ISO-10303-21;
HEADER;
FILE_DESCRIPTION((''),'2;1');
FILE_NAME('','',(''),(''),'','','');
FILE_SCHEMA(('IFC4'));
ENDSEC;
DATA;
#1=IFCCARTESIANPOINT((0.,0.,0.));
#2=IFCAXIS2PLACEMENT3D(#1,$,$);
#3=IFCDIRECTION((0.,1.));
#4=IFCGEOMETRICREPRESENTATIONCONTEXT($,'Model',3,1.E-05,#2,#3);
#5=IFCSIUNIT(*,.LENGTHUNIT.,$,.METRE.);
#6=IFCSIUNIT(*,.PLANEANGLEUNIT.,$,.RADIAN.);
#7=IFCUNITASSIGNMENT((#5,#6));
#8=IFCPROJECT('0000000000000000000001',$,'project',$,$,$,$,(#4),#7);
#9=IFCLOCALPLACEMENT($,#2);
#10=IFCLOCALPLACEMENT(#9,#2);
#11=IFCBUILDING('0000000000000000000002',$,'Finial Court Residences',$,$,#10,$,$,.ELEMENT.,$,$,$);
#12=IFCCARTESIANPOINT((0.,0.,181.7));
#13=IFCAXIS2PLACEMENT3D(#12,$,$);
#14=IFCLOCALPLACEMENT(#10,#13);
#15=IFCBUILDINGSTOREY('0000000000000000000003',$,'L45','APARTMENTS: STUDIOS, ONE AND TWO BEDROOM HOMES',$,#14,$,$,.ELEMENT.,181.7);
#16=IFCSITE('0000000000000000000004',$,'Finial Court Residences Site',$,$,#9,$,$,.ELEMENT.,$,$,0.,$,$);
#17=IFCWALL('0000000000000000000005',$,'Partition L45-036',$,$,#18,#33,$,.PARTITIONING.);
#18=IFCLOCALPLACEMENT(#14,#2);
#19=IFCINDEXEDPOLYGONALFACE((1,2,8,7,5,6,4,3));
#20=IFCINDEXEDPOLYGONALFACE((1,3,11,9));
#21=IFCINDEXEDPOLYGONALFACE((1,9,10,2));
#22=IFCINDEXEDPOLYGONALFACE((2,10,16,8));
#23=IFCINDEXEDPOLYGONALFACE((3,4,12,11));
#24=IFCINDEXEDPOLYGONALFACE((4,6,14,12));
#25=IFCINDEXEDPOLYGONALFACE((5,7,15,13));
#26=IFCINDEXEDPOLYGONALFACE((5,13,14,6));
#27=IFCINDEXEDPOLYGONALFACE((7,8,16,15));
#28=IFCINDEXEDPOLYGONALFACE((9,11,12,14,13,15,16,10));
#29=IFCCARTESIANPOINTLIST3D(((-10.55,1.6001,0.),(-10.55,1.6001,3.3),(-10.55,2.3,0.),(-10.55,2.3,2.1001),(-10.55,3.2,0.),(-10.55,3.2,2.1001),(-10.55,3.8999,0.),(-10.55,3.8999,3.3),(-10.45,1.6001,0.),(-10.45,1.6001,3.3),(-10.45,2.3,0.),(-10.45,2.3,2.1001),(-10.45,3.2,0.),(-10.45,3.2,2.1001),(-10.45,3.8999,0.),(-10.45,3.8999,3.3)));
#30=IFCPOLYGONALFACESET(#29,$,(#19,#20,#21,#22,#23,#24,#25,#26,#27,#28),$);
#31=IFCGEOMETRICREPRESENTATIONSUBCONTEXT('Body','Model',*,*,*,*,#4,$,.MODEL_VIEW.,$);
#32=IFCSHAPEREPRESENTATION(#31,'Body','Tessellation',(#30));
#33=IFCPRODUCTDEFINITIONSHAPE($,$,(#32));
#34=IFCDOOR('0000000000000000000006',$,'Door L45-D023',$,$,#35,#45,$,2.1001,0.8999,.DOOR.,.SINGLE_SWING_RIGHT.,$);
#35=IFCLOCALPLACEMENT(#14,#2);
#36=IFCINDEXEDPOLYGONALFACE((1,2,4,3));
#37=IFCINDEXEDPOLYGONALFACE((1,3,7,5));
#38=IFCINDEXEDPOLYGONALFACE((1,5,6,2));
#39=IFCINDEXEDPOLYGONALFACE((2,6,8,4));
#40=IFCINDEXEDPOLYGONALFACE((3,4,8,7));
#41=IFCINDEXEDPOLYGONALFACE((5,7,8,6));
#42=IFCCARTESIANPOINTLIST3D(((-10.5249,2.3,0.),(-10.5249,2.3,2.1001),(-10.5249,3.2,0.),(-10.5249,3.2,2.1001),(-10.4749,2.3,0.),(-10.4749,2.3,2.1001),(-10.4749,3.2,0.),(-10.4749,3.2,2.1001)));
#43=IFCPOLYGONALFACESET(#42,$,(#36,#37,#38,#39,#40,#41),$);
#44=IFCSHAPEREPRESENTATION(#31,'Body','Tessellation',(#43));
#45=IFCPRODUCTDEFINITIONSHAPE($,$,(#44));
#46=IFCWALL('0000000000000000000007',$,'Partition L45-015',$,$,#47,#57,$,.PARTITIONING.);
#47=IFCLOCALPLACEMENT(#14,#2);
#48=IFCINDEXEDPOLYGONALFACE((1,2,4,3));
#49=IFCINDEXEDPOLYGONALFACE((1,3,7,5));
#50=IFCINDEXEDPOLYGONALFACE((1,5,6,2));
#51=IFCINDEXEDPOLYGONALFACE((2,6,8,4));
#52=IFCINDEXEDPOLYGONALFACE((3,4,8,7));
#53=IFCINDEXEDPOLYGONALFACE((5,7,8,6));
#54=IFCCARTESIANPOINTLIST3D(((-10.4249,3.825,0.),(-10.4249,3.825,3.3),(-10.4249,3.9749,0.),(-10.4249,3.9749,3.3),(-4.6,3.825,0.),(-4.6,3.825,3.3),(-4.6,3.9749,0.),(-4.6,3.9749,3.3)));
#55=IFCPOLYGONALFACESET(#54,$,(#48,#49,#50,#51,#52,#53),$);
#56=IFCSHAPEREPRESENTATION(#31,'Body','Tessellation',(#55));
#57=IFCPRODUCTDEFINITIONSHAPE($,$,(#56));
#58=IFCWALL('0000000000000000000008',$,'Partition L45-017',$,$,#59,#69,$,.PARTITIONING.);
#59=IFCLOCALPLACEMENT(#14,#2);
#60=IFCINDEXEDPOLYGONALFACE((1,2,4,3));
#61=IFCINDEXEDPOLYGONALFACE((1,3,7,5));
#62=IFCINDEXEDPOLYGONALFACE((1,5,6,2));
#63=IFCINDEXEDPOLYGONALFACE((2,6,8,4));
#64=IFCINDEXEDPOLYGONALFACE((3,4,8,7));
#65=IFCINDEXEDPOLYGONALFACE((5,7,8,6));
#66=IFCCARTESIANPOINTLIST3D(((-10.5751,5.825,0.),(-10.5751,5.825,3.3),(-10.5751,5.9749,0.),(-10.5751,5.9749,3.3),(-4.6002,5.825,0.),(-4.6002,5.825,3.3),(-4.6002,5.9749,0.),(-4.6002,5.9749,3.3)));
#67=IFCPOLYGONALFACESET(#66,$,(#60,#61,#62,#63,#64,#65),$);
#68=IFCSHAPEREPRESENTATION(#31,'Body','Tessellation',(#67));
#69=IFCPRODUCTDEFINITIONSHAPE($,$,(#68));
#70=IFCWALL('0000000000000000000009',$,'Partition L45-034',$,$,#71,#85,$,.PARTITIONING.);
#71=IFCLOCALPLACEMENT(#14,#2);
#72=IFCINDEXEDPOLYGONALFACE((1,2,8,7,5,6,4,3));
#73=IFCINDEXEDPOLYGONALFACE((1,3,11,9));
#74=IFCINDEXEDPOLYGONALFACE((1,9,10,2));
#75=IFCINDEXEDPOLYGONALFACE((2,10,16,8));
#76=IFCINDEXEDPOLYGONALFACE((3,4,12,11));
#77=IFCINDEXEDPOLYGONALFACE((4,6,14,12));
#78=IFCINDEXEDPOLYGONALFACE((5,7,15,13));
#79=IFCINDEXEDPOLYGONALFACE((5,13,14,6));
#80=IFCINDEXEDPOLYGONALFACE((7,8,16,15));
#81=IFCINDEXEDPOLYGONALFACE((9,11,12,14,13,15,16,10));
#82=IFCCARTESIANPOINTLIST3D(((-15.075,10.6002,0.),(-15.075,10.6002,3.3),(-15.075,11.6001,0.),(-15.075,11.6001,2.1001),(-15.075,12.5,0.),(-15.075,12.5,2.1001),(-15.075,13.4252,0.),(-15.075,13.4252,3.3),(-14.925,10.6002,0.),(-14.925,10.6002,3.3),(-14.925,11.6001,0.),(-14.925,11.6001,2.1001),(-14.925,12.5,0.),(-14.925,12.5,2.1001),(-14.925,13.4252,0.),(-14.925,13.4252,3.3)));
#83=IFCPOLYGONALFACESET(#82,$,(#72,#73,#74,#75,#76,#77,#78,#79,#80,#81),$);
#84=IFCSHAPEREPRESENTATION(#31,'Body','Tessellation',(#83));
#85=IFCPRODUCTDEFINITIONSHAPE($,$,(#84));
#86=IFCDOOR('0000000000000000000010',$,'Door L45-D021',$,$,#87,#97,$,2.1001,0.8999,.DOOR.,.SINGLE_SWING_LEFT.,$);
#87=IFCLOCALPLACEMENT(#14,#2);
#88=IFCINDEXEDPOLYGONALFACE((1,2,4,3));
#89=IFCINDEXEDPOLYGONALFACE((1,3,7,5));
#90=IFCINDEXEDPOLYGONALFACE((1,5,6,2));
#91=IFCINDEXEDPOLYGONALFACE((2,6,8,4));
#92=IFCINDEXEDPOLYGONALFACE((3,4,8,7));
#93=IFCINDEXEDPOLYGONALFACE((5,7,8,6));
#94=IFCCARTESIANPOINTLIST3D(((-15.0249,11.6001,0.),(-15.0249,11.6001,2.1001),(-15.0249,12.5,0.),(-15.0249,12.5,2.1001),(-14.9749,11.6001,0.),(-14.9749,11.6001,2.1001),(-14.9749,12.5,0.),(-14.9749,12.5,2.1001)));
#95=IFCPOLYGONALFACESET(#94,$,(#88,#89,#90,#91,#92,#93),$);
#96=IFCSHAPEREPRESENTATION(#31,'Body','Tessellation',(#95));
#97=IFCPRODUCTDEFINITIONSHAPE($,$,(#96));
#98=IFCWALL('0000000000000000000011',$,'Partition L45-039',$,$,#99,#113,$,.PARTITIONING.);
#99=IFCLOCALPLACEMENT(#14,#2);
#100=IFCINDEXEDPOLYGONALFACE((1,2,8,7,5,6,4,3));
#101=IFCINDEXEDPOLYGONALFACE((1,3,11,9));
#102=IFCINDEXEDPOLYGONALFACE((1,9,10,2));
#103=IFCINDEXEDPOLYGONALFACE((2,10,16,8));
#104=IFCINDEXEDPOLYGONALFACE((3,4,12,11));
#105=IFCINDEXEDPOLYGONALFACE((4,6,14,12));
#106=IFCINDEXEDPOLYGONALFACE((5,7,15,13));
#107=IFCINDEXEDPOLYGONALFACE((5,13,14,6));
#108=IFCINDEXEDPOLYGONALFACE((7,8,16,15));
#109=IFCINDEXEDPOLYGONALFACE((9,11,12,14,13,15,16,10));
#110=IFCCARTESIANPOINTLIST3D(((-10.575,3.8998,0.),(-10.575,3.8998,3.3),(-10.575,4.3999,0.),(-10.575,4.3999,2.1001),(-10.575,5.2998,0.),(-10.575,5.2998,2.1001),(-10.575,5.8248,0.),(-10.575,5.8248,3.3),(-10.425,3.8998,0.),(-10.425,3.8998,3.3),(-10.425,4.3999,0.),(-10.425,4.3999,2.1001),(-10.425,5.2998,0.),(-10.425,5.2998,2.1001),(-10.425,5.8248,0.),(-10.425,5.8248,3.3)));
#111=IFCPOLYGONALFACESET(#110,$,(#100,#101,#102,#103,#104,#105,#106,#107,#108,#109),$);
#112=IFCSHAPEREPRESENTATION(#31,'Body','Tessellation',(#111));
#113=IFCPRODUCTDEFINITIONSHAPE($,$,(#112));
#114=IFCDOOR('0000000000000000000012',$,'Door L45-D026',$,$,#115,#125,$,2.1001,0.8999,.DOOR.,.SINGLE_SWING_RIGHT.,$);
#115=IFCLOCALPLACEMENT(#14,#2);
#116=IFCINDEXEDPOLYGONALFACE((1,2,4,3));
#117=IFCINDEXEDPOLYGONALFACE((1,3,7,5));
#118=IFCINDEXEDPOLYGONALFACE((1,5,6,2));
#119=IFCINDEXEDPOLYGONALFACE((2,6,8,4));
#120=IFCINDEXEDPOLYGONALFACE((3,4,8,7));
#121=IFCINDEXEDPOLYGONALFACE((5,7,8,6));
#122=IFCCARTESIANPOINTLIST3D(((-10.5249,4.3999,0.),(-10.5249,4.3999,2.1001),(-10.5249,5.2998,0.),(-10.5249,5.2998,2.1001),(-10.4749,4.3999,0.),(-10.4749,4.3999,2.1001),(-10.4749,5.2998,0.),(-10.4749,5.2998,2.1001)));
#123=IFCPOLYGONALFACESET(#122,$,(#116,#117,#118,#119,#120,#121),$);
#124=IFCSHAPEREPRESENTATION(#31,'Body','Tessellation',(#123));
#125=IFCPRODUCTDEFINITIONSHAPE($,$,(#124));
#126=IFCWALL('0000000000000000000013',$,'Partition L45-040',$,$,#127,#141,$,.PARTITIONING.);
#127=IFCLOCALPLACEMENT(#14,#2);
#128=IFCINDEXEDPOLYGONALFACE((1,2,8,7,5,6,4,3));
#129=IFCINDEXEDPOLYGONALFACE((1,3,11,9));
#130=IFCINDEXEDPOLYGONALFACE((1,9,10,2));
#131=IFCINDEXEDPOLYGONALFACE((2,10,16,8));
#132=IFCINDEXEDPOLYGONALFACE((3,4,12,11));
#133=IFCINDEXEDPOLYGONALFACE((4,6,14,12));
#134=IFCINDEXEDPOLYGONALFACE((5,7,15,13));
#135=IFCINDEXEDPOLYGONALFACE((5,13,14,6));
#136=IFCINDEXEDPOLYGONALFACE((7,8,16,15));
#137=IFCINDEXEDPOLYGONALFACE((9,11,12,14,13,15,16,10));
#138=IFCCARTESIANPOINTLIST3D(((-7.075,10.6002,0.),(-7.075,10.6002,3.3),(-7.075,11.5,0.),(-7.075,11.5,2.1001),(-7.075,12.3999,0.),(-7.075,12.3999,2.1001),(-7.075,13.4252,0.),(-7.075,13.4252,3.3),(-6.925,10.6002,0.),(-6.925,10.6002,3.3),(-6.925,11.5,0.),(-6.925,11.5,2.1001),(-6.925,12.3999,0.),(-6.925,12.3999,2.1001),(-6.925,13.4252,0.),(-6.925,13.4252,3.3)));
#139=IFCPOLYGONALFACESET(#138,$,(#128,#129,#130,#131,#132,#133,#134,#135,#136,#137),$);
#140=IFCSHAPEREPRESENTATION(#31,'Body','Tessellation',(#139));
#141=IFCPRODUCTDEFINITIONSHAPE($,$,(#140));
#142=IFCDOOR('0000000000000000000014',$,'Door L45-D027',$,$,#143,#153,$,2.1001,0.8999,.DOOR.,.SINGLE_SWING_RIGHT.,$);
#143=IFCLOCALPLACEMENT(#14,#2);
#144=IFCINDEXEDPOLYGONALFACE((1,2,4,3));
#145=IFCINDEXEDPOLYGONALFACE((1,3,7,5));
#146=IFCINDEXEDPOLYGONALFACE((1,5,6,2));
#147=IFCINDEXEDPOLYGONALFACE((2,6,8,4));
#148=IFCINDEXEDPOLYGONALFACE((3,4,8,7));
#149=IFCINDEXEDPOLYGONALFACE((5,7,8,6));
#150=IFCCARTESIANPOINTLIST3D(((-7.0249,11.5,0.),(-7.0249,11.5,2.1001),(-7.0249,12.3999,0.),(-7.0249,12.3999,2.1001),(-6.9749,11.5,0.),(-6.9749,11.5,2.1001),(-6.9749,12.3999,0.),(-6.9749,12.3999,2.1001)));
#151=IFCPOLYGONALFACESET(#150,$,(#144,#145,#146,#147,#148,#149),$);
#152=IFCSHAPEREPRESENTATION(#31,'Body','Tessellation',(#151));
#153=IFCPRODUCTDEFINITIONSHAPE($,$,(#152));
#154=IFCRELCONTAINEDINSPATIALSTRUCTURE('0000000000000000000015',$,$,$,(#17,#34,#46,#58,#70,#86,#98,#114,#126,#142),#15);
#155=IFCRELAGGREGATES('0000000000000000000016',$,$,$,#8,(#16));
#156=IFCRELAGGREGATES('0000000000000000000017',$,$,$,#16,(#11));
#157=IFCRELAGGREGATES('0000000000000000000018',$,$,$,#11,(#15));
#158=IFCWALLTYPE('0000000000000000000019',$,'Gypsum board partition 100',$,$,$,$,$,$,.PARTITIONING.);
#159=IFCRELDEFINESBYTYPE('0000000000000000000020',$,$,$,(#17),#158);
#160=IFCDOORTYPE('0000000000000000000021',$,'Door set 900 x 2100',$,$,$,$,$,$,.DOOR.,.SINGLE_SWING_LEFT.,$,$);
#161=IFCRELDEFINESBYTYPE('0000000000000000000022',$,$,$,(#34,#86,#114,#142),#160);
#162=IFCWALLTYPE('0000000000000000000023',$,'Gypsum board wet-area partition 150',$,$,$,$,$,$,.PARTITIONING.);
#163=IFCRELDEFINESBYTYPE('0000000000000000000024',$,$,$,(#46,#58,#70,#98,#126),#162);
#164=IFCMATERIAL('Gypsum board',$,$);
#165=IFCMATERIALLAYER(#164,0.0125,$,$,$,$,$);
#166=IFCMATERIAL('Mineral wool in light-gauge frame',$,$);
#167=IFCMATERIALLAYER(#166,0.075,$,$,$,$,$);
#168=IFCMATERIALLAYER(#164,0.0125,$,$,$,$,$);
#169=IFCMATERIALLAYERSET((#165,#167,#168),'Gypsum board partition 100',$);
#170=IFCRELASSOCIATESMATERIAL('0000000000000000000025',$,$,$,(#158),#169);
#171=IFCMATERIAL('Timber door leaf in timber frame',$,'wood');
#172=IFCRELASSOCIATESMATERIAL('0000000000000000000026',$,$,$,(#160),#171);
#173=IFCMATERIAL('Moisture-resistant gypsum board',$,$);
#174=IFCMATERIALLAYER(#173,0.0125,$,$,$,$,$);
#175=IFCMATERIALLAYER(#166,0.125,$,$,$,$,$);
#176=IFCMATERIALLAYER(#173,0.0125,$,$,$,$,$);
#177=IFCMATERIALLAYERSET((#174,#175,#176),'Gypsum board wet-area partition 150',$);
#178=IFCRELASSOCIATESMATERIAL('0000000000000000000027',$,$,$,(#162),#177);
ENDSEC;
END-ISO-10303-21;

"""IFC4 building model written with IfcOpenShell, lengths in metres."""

from ifc_helpers import new_model, si_unit, direction, frame, frame_2d, origin, place, context, subcontext, project, spatial, rectangle, extrude, material, layer, layer_set, type_object, element, fill, save


model = new_model("IFC4")

# Units and contexts
model_context = context("Model", 3, precision=1e-05, world=origin(), true_north=direction((0.0, 1.0)))
body_context = subcontext(model_context, "Body", "Model", "MODEL_VIEW")
ifc_project = project(units=[si_unit("LENGTHUNIT", "METRE"), si_unit("PLANEANGLEUNIT", "RADIAN")], contexts=[model_context])

# Site, building, storey
site_placement = place(None, origin())
site = spatial("IfcSite", under=ifc_project, at=site_placement, Name="Finial Court Residences Site", CompositionType="ELEMENT", RefElevation=0.0)
building_placement = place(site_placement, origin())
building = spatial("IfcBuilding", under=site, at=building_placement, Name="Finial Court Residences", CompositionType="ELEMENT")
storey_placement = place(building_placement, frame((0.0, 0.0, 181.7)))
storey = spatial("IfcBuildingStorey", under=building, at=storey_placement, Name="L45", Description="APARTMENTS: STUDIOS, ONE AND TWO BEDROOM HOMES", CompositionType="ELEMENT", Elevation=181.7)

# Shared definitions
ifc_material_1 = material(Name="Gypsum board")

# Wall, opening, door
ifc_layer_1 = layer(ifc_material_1, 0.0125)
ifc_material_2 = material(Name="Mineral wool in light-gauge frame")
ifc_layer_2 = layer(ifc_material_2, 0.075)
ifc_layer_3 = layer(ifc_material_1, 0.0125)
ifc_layer_set_1 = layer_set([ifc_layer_1, ifc_layer_2, ifc_layer_3], Name="Gypsum board partition 100")
wall_type_1 = type_object("IfcWallType", Name="Gypsum board partition 100", PredefinedType="PARTITIONING", material=ifc_layer_set_1)
wall_1_placement = place(storey_placement, frame((-10.5, 1.6001, 0.0), z_axis=(0.0, 0.0, 1.0), x_axis=(0.0, 1.0, 0.0)))
wall_1 = element("IfcWall", 1, at=wall_1_placement, inside=storey, type_object=wall_type_1, Name="Partition L45-036", PredefinedType="PARTITIONING", context=body_context, shape_type="SweptSolid", body=[
    extrude(rectangle(XDim=2.2998, YDim=0.1001, at=frame_2d((1.1499, 0.0))), origin(), (0.0, 0.0, 1.0), 3.3),
])
opening_1_placement = place(wall_1_placement, frame((0.7, 0.0, 0.0)))
opening_1 = element("IfcOpeningElement", 2, at=opening_1_placement, cuts=wall_1, PredefinedType="OPENING", context=body_context, shape_type="SweptSolid", body=[
    extrude(rectangle(XDim=0.8999, YDim=2.1001, at=frame_2d((0.45, 1.05))), frame((0.0, 0.0601, 0.0), z_axis=(0.0, -1.0, 0.0), x_axis=(1.0, 0.0, 0.0)), (0.0, 0.0, 1.0), 0.1201),
])
ifc_material_3 = material(Name="Timber door leaf in timber frame", Category="wood")
door_type_1 = type_object("IfcDoorType", Name="Door set 900 x 2100", OperationType="SINGLE_SWING_LEFT", PredefinedType="DOOR", material=ifc_material_3)
door_1_placement = place(opening_1_placement, origin())
door_1 = element("IfcDoor", 3, at=door_1_placement, inside=storey, type_object=door_type_1, Name="Door L45-D023", OperationType="SINGLE_SWING_RIGHT", OverallHeight=2.1001, OverallWidth=0.8999, PredefinedType="DOOR", context=body_context, shape_type="SweptSolid", body=[
    extrude(rectangle(XDim=0.8999, YDim=2.1001, at=frame_2d((0.45, 1.05))), frame((0.0, 0.0249, 0.0), z_axis=(0.0, -1.0, 0.0), x_axis=(1.0, 0.0, 0.0)), (0.0, 0.0, 1.0), 0.05),
])
fill(opening_1, door_1)

# Walls
ifc_material_4 = material(Name="Moisture-resistant gypsum board")
ifc_layer_4 = layer(ifc_material_4, 0.0125)
ifc_layer_5 = layer(ifc_material_2, 0.125)
ifc_layer_6 = layer(ifc_material_4, 0.0125)
ifc_layer_set_2 = layer_set([ifc_layer_4, ifc_layer_5, ifc_layer_6], Name="Gypsum board wet-area partition 150")
wall_type_2 = type_object("IfcWallType", Name="Gypsum board wet-area partition 150", PredefinedType="PARTITIONING", material=ifc_layer_set_2)
wall_2_placement = place(storey_placement, frame((-10.425, 3.8999, 0.0), z_axis=(0.0, 0.0, 1.0), x_axis=(1.0, 0.0, 0.0)))
element("IfcWall", 4, at=wall_2_placement, inside=storey, type_object=wall_type_2, Name="Partition L45-015", PredefinedType="PARTITIONING", context=body_context, shape_type="SweptSolid", body=[
    extrude(rectangle(XDim=5.825, YDim=0.1499, at=frame_2d((2.9126, 0.0))), origin(), (0.0, 0.0, 1.0), 3.3),
])
wall_3_placement = place(storey_placement, frame((-10.575, 5.8999, 0.0), z_axis=(0.0, 0.0, 1.0), x_axis=(1.0, 0.0, 0.0)))
element("IfcWall", 5, at=wall_3_placement, inside=storey, type_object=wall_type_2, Name="Partition L45-017", PredefinedType="PARTITIONING", context=body_context, shape_type="SweptSolid", body=[
    extrude(rectangle(XDim=5.9749, YDim=0.1499, at=frame_2d((2.9873, 0.0))), origin(), (0.0, 0.0, 1.0), 3.3),
])

# Walls, openings, doors
wall_4_placement = place(storey_placement, frame((-15.0, 10.6001, 0.0), z_axis=(0.0, 0.0, 1.0), x_axis=(0.0, 1.0, 0.0)))
wall_4 = element("IfcWall", 6, at=wall_4_placement, inside=storey, type_object=wall_type_2, Name="Partition L45-034", PredefinedType="PARTITIONING", context=body_context, shape_type="SweptSolid", body=[
    extrude(rectangle(XDim=2.825, YDim=0.1499, at=frame_2d((1.4126, 0.0))), origin(), (0.0, 0.0, 1.0), 3.3),
])
opening_2_placement = place(wall_4_placement, frame((1.0, 0.0, 0.0)))
opening_2 = element("IfcOpeningElement", 7, at=opening_2_placement, cuts=wall_4, PredefinedType="OPENING", context=body_context, shape_type="SweptSolid", body=[
    extrude(rectangle(XDim=0.8999, YDim=2.1001, at=frame_2d((0.45, 1.05))), frame((0.0, 0.085, 0.0), z_axis=(0.0, -1.0, 0.0), x_axis=(1.0, 0.0, 0.0)), (0.0, 0.0, 1.0), 0.1699),
])
door_2_placement = place(opening_2_placement, origin())
door_2 = element("IfcDoor", 8, at=door_2_placement, inside=storey, type_object=door_type_1, Name="Door L45-D021", OperationType="SINGLE_SWING_LEFT", OverallHeight=2.1001, OverallWidth=0.8999, PredefinedType="DOOR", context=body_context, shape_type="SweptSolid", body=[
    extrude(rectangle(XDim=0.8999, YDim=2.1001, at=frame_2d((0.45, 1.05))), frame((0.0, 0.0249, 0.0), z_axis=(0.0, -1.0, 0.0), x_axis=(1.0, 0.0, 0.0)), (0.0, 0.0, 1.0), 0.05),
])
fill(opening_2, door_2)
wall_5_placement = place(storey_placement, frame((-10.5, 3.8999, 0.0), z_axis=(0.0, 0.0, 1.0), x_axis=(0.0, 1.0, 0.0)))
wall_5 = element("IfcWall", 9, at=wall_5_placement, inside=storey, type_object=wall_type_2, Name="Partition L45-039", PredefinedType="PARTITIONING", context=body_context, shape_type="SweptSolid", body=[
    extrude(rectangle(XDim=1.925, YDim=0.1499, at=frame_2d((0.9624, 0.0))), origin(), (0.0, 0.0, 1.0), 3.3),
])
opening_3_placement = place(wall_5_placement, frame((0.5, 0.0, 0.0)))
opening_3 = element("IfcOpeningElement", 10, at=opening_3_placement, cuts=wall_5, PredefinedType="OPENING", context=body_context, shape_type="SweptSolid", body=[
    extrude(rectangle(XDim=0.8999, YDim=2.1001, at=frame_2d((0.45, 1.05))), frame((0.0, 0.085, 0.0), z_axis=(0.0, -1.0, 0.0), x_axis=(1.0, 0.0, 0.0)), (0.0, 0.0, 1.0), 0.1699),
])
door_3_placement = place(opening_3_placement, origin())
door_3 = element("IfcDoor", 11, at=door_3_placement, inside=storey, type_object=door_type_1, Name="Door L45-D026", OperationType="SINGLE_SWING_RIGHT", OverallHeight=2.1001, OverallWidth=0.8999, PredefinedType="DOOR", context=body_context, shape_type="SweptSolid", body=[
    extrude(rectangle(XDim=0.8999, YDim=2.1001, at=frame_2d((0.45, 1.05))), frame((0.0, 0.0249, 0.0), z_axis=(0.0, -1.0, 0.0), x_axis=(1.0, 0.0, 0.0)), (0.0, 0.0, 1.0), 0.05),
])
fill(opening_3, door_3)
wall_6_placement = place(storey_placement, frame((-7.0, 10.6001, 0.0), z_axis=(0.0, 0.0, 1.0), x_axis=(0.0, 1.0, 0.0)))
wall_6 = element("IfcWall", 12, at=wall_6_placement, inside=storey, type_object=wall_type_2, Name="Partition L45-040", PredefinedType="PARTITIONING", context=body_context, shape_type="SweptSolid", body=[
    extrude(rectangle(XDim=2.825, YDim=0.1499, at=frame_2d((1.4126, 0.0))), origin(), (0.0, 0.0, 1.0), 3.3),
])
opening_4_placement = place(wall_6_placement, frame((0.8999, 0.0, 0.0)))
opening_4 = element("IfcOpeningElement", 13, at=opening_4_placement, cuts=wall_6, PredefinedType="OPENING", context=body_context, shape_type="SweptSolid", body=[
    extrude(rectangle(XDim=0.8999, YDim=2.1001, at=frame_2d((0.45, 1.05))), frame((0.0, 0.085, 0.0), z_axis=(0.0, -1.0, 0.0), x_axis=(1.0, 0.0, 0.0)), (0.0, 0.0, 1.0), 0.1699),
])
door_4_placement = place(opening_4_placement, origin())
door_4 = element("IfcDoor", 14, at=door_4_placement, inside=storey, type_object=door_type_1, Name="Door L45-D027", OperationType="SINGLE_SWING_RIGHT", OverallHeight=2.1001, OverallWidth=0.8999, PredefinedType="DOOR", context=body_context, shape_type="SweptSolid", body=[
    extrude(rectangle(XDim=0.8999, YDim=2.1001, at=frame_2d((0.45, 1.05))), frame((0.0, 0.0249, 0.0), z_axis=(0.0, -1.0, 0.0), x_axis=(1.0, 0.0, 0.0)), (0.0, 0.0, 1.0), 0.05),
])
fill(opening_4, door_4)

save(model, "model.ifc")
